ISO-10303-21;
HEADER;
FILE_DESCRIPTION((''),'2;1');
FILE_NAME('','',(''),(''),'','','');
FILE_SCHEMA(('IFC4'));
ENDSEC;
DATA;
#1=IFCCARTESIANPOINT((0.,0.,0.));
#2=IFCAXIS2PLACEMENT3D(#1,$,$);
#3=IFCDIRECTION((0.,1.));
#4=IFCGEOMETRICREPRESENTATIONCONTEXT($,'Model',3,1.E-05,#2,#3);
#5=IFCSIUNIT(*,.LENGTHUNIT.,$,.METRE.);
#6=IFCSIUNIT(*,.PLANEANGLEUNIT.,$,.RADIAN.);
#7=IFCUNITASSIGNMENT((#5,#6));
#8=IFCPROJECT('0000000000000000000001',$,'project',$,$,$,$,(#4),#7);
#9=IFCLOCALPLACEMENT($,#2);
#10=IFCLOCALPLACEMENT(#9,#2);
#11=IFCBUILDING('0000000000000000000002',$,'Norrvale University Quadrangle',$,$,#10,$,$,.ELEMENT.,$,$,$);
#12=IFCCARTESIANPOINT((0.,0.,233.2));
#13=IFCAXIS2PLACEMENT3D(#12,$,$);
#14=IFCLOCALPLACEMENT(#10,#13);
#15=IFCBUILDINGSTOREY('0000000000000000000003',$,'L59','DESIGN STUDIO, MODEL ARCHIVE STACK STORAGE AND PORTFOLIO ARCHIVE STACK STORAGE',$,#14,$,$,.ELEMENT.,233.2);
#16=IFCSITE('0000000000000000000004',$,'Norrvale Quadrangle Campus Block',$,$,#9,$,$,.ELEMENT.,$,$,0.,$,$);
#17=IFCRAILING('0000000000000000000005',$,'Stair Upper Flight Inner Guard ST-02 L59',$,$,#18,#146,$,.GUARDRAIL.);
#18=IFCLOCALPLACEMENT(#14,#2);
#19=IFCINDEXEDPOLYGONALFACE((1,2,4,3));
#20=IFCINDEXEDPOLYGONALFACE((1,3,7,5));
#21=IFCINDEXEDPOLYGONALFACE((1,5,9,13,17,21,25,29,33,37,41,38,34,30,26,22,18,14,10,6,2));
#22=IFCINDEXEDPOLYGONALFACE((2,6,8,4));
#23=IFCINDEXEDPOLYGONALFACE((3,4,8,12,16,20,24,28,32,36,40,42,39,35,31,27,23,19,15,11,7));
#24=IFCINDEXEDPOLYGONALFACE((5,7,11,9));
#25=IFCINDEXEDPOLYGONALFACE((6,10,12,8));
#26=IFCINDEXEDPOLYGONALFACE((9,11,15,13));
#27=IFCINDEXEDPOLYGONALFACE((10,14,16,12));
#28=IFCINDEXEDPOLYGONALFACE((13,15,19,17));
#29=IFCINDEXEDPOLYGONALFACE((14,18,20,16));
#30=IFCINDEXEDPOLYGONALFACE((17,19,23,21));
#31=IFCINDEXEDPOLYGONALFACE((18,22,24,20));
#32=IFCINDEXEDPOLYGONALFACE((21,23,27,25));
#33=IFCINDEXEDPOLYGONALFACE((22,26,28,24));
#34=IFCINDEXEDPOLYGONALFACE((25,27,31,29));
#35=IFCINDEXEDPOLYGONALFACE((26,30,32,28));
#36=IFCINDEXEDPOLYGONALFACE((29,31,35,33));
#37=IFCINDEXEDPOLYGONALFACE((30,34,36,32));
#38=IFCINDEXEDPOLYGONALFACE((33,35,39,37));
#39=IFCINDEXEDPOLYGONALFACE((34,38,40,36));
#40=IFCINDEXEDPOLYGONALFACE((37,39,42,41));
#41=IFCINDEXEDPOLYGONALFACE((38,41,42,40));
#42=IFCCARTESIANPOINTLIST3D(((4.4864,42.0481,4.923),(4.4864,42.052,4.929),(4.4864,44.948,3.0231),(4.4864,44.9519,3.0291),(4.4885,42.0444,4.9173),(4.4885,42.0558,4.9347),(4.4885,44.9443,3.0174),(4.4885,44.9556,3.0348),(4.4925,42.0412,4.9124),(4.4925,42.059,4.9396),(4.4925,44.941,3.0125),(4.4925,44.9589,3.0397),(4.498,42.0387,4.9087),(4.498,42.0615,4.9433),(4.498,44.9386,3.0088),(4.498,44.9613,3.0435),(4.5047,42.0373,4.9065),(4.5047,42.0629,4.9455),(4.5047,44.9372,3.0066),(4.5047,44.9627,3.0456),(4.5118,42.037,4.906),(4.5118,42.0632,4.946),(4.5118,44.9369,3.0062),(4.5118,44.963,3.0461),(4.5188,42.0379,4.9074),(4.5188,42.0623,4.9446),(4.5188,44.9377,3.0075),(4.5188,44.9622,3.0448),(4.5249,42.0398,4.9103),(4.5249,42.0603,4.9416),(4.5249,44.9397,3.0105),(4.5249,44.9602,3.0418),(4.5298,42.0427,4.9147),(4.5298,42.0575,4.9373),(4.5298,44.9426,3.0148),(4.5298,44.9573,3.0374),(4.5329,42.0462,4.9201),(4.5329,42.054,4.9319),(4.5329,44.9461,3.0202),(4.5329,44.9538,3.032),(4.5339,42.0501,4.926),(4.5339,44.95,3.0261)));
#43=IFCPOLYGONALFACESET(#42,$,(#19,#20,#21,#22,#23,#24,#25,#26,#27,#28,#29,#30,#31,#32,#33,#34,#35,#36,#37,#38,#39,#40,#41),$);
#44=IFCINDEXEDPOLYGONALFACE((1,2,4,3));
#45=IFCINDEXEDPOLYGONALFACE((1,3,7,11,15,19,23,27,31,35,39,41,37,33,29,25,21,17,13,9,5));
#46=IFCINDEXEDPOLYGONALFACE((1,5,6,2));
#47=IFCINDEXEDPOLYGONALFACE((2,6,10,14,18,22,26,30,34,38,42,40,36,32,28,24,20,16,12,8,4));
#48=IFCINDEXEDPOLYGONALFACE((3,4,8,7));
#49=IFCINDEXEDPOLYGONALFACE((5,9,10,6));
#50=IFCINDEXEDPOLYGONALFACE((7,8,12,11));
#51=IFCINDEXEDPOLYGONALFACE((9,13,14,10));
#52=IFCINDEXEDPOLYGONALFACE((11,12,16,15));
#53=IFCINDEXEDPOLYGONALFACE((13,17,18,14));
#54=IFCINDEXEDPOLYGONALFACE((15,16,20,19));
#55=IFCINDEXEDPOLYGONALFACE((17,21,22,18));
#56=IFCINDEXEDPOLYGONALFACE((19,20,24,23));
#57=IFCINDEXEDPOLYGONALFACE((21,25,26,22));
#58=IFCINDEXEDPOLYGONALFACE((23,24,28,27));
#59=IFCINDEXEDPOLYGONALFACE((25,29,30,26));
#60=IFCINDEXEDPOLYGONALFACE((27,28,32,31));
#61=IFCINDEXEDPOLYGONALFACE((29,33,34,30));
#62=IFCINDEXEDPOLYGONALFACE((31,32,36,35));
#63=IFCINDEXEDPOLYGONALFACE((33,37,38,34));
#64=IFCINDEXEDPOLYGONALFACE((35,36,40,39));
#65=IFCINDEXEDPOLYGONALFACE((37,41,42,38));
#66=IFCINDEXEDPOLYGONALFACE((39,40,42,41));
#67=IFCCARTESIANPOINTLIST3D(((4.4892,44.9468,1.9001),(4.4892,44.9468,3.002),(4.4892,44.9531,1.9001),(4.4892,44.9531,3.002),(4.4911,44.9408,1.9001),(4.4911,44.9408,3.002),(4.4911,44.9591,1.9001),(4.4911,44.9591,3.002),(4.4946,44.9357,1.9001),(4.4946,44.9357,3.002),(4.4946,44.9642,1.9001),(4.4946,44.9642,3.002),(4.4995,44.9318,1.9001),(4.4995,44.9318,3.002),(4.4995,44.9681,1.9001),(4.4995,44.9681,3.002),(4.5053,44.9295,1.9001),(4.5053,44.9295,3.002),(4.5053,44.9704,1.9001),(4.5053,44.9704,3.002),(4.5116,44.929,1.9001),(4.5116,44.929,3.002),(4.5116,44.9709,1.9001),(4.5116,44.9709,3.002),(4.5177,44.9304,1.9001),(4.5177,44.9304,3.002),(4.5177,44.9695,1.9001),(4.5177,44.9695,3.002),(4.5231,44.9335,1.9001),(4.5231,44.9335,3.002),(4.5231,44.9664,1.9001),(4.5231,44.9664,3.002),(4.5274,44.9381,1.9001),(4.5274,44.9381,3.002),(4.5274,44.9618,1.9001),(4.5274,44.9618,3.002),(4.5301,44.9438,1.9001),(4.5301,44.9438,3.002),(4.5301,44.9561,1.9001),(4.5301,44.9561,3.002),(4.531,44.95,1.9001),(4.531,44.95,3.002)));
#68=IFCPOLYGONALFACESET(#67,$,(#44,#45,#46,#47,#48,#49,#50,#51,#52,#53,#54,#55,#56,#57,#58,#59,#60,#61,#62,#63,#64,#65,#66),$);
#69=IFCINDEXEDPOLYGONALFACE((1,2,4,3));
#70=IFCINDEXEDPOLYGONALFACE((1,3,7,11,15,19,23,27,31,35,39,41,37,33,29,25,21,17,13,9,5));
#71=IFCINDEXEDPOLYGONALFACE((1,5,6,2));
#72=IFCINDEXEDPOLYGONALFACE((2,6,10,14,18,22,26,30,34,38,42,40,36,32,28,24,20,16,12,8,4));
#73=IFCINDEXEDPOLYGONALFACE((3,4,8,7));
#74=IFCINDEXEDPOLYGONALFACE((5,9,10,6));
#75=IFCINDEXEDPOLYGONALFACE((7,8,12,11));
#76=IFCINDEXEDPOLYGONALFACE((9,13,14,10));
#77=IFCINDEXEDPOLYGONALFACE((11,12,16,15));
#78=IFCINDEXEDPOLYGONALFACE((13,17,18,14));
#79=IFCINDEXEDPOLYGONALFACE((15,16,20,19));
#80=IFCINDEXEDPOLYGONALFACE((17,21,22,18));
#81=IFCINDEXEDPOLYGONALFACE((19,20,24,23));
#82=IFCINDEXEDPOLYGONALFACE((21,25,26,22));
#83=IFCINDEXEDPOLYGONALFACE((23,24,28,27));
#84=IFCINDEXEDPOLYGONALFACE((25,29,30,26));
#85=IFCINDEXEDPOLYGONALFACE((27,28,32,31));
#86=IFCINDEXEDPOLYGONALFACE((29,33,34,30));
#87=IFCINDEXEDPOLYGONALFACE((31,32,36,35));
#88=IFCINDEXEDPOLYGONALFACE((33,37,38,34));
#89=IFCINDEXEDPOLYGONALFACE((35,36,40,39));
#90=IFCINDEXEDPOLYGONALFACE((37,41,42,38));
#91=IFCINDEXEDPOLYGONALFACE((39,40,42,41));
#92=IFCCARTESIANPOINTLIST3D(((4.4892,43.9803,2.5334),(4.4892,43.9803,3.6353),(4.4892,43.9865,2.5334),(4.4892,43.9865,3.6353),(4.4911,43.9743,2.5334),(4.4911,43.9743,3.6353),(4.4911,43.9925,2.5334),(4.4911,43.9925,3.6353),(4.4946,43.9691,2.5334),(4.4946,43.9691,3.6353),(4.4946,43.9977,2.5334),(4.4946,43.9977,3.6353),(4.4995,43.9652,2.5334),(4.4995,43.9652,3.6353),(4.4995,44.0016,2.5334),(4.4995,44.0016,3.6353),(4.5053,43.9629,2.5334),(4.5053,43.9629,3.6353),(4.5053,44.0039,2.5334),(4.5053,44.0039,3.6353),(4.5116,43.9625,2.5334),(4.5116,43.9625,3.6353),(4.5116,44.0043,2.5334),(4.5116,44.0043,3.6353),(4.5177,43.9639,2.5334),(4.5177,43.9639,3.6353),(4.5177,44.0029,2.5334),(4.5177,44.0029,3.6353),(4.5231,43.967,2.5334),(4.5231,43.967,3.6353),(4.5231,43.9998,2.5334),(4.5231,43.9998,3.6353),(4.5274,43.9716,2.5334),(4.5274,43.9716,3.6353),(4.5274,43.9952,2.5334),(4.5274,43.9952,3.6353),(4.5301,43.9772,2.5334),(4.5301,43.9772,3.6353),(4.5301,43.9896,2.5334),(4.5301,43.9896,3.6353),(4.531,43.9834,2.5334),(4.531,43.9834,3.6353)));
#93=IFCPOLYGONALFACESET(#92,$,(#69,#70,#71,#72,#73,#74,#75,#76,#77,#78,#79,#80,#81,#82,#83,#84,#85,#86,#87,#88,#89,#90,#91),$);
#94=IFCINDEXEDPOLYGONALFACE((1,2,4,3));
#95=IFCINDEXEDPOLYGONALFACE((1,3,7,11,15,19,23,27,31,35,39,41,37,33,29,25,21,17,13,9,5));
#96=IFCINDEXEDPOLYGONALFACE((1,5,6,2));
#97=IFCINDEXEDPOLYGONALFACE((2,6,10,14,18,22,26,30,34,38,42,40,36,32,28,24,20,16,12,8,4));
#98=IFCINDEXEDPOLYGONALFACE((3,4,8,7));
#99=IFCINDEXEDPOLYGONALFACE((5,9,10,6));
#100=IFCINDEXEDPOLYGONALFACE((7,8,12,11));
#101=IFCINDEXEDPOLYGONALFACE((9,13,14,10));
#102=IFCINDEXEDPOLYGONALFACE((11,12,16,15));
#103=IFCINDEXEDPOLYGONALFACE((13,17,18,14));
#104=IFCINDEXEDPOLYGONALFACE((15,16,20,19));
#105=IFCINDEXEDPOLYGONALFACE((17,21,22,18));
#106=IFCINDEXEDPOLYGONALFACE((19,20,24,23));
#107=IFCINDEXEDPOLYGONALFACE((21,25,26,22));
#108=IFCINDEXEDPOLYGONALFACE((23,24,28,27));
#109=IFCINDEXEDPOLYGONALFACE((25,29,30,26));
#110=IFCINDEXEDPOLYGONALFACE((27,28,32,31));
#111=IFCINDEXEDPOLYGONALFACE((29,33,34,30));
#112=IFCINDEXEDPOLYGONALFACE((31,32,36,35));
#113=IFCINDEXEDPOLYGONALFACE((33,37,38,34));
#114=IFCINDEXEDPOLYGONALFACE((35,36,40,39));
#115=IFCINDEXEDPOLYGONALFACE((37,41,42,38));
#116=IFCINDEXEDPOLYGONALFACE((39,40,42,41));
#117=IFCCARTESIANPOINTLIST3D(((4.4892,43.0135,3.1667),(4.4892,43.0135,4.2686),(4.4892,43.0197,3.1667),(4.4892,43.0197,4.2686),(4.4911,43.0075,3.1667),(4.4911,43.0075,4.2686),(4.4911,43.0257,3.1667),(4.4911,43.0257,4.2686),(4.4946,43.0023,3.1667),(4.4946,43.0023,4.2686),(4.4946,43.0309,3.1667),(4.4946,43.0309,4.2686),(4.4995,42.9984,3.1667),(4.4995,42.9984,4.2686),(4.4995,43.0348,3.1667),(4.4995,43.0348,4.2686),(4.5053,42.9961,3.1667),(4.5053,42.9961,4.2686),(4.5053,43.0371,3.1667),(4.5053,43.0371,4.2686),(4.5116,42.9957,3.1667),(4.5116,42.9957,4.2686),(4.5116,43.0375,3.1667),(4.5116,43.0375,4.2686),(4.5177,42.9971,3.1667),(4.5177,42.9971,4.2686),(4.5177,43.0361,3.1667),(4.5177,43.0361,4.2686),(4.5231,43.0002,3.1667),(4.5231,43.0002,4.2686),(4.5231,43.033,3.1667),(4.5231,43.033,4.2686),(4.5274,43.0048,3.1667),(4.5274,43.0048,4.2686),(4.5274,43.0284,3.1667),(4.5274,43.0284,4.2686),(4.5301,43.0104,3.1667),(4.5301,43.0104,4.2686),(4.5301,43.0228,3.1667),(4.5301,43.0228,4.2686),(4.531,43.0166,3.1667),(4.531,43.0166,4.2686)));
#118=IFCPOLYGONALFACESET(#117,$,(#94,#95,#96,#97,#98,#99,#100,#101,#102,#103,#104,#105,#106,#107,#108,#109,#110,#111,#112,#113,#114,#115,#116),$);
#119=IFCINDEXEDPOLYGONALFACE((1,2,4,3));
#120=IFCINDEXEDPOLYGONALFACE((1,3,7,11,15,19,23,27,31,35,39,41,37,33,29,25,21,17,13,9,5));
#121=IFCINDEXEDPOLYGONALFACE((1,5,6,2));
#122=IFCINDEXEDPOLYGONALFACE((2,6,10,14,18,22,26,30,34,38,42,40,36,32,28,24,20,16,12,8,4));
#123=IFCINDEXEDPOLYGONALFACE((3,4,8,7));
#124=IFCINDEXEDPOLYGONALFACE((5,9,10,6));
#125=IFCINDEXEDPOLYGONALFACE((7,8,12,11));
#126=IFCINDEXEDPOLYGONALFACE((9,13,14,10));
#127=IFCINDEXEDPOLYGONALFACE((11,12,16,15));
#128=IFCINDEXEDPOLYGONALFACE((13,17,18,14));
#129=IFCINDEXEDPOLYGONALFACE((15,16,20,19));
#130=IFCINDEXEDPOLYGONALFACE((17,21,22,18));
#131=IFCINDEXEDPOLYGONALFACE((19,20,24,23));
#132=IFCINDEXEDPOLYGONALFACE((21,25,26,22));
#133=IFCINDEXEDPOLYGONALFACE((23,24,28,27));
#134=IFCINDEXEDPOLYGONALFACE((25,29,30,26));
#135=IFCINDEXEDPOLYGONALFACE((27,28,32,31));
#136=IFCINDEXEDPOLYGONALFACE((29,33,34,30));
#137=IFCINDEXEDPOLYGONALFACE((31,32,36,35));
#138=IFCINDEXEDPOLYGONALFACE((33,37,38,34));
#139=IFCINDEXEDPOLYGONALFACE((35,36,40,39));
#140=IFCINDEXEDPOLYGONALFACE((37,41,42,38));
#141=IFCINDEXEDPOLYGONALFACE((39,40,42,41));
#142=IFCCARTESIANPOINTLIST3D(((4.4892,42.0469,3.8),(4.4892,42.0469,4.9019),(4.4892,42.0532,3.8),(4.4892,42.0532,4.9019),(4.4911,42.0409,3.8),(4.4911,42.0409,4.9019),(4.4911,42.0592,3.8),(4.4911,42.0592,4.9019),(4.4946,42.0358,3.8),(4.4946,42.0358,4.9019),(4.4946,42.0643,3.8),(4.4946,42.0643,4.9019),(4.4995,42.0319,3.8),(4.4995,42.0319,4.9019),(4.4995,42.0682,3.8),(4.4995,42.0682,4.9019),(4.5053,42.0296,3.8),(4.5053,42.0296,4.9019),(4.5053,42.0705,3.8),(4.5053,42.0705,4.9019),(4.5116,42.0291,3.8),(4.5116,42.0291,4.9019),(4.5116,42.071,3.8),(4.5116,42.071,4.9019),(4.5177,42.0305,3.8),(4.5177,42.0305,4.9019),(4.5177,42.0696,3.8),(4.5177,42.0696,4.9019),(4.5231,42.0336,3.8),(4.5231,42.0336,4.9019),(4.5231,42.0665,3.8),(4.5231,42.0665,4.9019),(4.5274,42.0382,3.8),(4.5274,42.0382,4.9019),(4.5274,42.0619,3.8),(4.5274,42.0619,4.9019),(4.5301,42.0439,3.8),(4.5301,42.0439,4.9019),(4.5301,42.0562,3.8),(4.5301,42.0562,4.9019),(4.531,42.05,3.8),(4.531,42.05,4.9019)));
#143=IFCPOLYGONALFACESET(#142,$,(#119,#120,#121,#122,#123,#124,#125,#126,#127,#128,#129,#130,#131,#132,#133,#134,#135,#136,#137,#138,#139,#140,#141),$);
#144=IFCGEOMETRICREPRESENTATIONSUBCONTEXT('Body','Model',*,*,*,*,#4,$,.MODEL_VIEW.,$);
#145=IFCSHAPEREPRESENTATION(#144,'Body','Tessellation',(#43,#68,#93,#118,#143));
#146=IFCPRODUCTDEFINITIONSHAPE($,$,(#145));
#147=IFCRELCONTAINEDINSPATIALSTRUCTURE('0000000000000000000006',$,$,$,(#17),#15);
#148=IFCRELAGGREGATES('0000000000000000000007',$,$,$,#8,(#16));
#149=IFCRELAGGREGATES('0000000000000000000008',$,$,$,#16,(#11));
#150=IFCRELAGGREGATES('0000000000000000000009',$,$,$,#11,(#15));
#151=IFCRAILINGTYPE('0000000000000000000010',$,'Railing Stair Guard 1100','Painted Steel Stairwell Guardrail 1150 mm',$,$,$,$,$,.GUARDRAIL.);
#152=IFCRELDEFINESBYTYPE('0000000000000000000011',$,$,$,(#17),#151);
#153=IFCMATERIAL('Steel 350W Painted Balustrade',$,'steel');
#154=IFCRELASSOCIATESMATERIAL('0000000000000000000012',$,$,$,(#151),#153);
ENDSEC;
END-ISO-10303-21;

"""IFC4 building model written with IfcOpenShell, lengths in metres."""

from ifc_helpers import new_model, si_unit, direction, frame, origin, origin_2d, place, context, subcontext, project, spatial, circle, extrude, material, type_object, element, save


model = new_model("IFC4")

# Units and contexts
model_context = context("Model", 3, precision=1e-05, world=origin(), true_north=direction((0.0, 1.0)))
body_context = subcontext(model_context, "Body", "Model", "MODEL_VIEW")
ifc_project = project(units=[si_unit("LENGTHUNIT", "METRE"), si_unit("PLANEANGLEUNIT", "RADIAN")], contexts=[model_context])

# Site, building, storey
site_placement = place(None, origin())
site = spatial("IfcSite", under=ifc_project, at=site_placement, Name="Norrvale Quadrangle Campus Block", CompositionType="ELEMENT", RefElevation=0.0)
building_placement = place(site_placement, origin())
building = spatial("IfcBuilding", under=site, at=building_placement, Name="Norrvale University Quadrangle", CompositionType="ELEMENT")
storey_placement = place(building_placement, frame((0.0, 0.0, 233.2)))
storey = spatial("IfcBuildingStorey", under=building, at=storey_placement, Name="L59", Description="DESIGN STUDIO, MODEL ARCHIVE STACK STORAGE AND PORTFOLIO ARCHIVE STACK STORAGE", CompositionType="ELEMENT", Elevation=233.2)

# Railing
ifc_material_1 = material(Name="Steel 350W Painted Balustrade", Category="steel")
railing_type_1 = type_object("IfcRailingType", Name="Railing Stair Guard 1100", Description="Painted Steel Stairwell Guardrail 1150 mm", PredefinedType="GUARDRAIL", material=ifc_material_1)
railing_1_placement = place(storey_placement, frame((4.51, 44.95, 1.9001)))
element("IfcRailing", 1, at=railing_1_placement, inside=storey, type_object=railing_type_1, Name="Stair Upper Flight Inner Guard ST-02 L59", PredefinedType="GUARDRAIL", context=body_context, shape_type="SweptSolid", body=[
    extrude(circle(Radius=0.0239, at=origin_2d()), frame((0.0, 0.0, 1.126), z_axis=(0.0, -0.836466, 0.548019), x_axis=(1.0, 0.0, 0.0)), (0.0, 0.0, 1.0), 3.4668),
    extrude(circle(Radius=0.021, at=origin_2d()), origin(), (0.0, 0.0, 1.0), 1.1018),
    extrude(circle(Radius=0.021, at=origin_2d()), frame((0.0, -0.9666, 0.6333)), (0.0, 0.0, 1.0), 1.1018),
    extrude(circle(Radius=0.021, at=origin_2d()), frame((0.0, -1.9333, 1.2666)), (0.0, 0.0, 1.0), 1.1018),
    extrude(circle(Radius=0.021, at=origin_2d()), frame((0.0, -2.8999, 1.8999)), (0.0, 0.0, 1.0), 1.1018),
])

save(model, "model.ifc")
